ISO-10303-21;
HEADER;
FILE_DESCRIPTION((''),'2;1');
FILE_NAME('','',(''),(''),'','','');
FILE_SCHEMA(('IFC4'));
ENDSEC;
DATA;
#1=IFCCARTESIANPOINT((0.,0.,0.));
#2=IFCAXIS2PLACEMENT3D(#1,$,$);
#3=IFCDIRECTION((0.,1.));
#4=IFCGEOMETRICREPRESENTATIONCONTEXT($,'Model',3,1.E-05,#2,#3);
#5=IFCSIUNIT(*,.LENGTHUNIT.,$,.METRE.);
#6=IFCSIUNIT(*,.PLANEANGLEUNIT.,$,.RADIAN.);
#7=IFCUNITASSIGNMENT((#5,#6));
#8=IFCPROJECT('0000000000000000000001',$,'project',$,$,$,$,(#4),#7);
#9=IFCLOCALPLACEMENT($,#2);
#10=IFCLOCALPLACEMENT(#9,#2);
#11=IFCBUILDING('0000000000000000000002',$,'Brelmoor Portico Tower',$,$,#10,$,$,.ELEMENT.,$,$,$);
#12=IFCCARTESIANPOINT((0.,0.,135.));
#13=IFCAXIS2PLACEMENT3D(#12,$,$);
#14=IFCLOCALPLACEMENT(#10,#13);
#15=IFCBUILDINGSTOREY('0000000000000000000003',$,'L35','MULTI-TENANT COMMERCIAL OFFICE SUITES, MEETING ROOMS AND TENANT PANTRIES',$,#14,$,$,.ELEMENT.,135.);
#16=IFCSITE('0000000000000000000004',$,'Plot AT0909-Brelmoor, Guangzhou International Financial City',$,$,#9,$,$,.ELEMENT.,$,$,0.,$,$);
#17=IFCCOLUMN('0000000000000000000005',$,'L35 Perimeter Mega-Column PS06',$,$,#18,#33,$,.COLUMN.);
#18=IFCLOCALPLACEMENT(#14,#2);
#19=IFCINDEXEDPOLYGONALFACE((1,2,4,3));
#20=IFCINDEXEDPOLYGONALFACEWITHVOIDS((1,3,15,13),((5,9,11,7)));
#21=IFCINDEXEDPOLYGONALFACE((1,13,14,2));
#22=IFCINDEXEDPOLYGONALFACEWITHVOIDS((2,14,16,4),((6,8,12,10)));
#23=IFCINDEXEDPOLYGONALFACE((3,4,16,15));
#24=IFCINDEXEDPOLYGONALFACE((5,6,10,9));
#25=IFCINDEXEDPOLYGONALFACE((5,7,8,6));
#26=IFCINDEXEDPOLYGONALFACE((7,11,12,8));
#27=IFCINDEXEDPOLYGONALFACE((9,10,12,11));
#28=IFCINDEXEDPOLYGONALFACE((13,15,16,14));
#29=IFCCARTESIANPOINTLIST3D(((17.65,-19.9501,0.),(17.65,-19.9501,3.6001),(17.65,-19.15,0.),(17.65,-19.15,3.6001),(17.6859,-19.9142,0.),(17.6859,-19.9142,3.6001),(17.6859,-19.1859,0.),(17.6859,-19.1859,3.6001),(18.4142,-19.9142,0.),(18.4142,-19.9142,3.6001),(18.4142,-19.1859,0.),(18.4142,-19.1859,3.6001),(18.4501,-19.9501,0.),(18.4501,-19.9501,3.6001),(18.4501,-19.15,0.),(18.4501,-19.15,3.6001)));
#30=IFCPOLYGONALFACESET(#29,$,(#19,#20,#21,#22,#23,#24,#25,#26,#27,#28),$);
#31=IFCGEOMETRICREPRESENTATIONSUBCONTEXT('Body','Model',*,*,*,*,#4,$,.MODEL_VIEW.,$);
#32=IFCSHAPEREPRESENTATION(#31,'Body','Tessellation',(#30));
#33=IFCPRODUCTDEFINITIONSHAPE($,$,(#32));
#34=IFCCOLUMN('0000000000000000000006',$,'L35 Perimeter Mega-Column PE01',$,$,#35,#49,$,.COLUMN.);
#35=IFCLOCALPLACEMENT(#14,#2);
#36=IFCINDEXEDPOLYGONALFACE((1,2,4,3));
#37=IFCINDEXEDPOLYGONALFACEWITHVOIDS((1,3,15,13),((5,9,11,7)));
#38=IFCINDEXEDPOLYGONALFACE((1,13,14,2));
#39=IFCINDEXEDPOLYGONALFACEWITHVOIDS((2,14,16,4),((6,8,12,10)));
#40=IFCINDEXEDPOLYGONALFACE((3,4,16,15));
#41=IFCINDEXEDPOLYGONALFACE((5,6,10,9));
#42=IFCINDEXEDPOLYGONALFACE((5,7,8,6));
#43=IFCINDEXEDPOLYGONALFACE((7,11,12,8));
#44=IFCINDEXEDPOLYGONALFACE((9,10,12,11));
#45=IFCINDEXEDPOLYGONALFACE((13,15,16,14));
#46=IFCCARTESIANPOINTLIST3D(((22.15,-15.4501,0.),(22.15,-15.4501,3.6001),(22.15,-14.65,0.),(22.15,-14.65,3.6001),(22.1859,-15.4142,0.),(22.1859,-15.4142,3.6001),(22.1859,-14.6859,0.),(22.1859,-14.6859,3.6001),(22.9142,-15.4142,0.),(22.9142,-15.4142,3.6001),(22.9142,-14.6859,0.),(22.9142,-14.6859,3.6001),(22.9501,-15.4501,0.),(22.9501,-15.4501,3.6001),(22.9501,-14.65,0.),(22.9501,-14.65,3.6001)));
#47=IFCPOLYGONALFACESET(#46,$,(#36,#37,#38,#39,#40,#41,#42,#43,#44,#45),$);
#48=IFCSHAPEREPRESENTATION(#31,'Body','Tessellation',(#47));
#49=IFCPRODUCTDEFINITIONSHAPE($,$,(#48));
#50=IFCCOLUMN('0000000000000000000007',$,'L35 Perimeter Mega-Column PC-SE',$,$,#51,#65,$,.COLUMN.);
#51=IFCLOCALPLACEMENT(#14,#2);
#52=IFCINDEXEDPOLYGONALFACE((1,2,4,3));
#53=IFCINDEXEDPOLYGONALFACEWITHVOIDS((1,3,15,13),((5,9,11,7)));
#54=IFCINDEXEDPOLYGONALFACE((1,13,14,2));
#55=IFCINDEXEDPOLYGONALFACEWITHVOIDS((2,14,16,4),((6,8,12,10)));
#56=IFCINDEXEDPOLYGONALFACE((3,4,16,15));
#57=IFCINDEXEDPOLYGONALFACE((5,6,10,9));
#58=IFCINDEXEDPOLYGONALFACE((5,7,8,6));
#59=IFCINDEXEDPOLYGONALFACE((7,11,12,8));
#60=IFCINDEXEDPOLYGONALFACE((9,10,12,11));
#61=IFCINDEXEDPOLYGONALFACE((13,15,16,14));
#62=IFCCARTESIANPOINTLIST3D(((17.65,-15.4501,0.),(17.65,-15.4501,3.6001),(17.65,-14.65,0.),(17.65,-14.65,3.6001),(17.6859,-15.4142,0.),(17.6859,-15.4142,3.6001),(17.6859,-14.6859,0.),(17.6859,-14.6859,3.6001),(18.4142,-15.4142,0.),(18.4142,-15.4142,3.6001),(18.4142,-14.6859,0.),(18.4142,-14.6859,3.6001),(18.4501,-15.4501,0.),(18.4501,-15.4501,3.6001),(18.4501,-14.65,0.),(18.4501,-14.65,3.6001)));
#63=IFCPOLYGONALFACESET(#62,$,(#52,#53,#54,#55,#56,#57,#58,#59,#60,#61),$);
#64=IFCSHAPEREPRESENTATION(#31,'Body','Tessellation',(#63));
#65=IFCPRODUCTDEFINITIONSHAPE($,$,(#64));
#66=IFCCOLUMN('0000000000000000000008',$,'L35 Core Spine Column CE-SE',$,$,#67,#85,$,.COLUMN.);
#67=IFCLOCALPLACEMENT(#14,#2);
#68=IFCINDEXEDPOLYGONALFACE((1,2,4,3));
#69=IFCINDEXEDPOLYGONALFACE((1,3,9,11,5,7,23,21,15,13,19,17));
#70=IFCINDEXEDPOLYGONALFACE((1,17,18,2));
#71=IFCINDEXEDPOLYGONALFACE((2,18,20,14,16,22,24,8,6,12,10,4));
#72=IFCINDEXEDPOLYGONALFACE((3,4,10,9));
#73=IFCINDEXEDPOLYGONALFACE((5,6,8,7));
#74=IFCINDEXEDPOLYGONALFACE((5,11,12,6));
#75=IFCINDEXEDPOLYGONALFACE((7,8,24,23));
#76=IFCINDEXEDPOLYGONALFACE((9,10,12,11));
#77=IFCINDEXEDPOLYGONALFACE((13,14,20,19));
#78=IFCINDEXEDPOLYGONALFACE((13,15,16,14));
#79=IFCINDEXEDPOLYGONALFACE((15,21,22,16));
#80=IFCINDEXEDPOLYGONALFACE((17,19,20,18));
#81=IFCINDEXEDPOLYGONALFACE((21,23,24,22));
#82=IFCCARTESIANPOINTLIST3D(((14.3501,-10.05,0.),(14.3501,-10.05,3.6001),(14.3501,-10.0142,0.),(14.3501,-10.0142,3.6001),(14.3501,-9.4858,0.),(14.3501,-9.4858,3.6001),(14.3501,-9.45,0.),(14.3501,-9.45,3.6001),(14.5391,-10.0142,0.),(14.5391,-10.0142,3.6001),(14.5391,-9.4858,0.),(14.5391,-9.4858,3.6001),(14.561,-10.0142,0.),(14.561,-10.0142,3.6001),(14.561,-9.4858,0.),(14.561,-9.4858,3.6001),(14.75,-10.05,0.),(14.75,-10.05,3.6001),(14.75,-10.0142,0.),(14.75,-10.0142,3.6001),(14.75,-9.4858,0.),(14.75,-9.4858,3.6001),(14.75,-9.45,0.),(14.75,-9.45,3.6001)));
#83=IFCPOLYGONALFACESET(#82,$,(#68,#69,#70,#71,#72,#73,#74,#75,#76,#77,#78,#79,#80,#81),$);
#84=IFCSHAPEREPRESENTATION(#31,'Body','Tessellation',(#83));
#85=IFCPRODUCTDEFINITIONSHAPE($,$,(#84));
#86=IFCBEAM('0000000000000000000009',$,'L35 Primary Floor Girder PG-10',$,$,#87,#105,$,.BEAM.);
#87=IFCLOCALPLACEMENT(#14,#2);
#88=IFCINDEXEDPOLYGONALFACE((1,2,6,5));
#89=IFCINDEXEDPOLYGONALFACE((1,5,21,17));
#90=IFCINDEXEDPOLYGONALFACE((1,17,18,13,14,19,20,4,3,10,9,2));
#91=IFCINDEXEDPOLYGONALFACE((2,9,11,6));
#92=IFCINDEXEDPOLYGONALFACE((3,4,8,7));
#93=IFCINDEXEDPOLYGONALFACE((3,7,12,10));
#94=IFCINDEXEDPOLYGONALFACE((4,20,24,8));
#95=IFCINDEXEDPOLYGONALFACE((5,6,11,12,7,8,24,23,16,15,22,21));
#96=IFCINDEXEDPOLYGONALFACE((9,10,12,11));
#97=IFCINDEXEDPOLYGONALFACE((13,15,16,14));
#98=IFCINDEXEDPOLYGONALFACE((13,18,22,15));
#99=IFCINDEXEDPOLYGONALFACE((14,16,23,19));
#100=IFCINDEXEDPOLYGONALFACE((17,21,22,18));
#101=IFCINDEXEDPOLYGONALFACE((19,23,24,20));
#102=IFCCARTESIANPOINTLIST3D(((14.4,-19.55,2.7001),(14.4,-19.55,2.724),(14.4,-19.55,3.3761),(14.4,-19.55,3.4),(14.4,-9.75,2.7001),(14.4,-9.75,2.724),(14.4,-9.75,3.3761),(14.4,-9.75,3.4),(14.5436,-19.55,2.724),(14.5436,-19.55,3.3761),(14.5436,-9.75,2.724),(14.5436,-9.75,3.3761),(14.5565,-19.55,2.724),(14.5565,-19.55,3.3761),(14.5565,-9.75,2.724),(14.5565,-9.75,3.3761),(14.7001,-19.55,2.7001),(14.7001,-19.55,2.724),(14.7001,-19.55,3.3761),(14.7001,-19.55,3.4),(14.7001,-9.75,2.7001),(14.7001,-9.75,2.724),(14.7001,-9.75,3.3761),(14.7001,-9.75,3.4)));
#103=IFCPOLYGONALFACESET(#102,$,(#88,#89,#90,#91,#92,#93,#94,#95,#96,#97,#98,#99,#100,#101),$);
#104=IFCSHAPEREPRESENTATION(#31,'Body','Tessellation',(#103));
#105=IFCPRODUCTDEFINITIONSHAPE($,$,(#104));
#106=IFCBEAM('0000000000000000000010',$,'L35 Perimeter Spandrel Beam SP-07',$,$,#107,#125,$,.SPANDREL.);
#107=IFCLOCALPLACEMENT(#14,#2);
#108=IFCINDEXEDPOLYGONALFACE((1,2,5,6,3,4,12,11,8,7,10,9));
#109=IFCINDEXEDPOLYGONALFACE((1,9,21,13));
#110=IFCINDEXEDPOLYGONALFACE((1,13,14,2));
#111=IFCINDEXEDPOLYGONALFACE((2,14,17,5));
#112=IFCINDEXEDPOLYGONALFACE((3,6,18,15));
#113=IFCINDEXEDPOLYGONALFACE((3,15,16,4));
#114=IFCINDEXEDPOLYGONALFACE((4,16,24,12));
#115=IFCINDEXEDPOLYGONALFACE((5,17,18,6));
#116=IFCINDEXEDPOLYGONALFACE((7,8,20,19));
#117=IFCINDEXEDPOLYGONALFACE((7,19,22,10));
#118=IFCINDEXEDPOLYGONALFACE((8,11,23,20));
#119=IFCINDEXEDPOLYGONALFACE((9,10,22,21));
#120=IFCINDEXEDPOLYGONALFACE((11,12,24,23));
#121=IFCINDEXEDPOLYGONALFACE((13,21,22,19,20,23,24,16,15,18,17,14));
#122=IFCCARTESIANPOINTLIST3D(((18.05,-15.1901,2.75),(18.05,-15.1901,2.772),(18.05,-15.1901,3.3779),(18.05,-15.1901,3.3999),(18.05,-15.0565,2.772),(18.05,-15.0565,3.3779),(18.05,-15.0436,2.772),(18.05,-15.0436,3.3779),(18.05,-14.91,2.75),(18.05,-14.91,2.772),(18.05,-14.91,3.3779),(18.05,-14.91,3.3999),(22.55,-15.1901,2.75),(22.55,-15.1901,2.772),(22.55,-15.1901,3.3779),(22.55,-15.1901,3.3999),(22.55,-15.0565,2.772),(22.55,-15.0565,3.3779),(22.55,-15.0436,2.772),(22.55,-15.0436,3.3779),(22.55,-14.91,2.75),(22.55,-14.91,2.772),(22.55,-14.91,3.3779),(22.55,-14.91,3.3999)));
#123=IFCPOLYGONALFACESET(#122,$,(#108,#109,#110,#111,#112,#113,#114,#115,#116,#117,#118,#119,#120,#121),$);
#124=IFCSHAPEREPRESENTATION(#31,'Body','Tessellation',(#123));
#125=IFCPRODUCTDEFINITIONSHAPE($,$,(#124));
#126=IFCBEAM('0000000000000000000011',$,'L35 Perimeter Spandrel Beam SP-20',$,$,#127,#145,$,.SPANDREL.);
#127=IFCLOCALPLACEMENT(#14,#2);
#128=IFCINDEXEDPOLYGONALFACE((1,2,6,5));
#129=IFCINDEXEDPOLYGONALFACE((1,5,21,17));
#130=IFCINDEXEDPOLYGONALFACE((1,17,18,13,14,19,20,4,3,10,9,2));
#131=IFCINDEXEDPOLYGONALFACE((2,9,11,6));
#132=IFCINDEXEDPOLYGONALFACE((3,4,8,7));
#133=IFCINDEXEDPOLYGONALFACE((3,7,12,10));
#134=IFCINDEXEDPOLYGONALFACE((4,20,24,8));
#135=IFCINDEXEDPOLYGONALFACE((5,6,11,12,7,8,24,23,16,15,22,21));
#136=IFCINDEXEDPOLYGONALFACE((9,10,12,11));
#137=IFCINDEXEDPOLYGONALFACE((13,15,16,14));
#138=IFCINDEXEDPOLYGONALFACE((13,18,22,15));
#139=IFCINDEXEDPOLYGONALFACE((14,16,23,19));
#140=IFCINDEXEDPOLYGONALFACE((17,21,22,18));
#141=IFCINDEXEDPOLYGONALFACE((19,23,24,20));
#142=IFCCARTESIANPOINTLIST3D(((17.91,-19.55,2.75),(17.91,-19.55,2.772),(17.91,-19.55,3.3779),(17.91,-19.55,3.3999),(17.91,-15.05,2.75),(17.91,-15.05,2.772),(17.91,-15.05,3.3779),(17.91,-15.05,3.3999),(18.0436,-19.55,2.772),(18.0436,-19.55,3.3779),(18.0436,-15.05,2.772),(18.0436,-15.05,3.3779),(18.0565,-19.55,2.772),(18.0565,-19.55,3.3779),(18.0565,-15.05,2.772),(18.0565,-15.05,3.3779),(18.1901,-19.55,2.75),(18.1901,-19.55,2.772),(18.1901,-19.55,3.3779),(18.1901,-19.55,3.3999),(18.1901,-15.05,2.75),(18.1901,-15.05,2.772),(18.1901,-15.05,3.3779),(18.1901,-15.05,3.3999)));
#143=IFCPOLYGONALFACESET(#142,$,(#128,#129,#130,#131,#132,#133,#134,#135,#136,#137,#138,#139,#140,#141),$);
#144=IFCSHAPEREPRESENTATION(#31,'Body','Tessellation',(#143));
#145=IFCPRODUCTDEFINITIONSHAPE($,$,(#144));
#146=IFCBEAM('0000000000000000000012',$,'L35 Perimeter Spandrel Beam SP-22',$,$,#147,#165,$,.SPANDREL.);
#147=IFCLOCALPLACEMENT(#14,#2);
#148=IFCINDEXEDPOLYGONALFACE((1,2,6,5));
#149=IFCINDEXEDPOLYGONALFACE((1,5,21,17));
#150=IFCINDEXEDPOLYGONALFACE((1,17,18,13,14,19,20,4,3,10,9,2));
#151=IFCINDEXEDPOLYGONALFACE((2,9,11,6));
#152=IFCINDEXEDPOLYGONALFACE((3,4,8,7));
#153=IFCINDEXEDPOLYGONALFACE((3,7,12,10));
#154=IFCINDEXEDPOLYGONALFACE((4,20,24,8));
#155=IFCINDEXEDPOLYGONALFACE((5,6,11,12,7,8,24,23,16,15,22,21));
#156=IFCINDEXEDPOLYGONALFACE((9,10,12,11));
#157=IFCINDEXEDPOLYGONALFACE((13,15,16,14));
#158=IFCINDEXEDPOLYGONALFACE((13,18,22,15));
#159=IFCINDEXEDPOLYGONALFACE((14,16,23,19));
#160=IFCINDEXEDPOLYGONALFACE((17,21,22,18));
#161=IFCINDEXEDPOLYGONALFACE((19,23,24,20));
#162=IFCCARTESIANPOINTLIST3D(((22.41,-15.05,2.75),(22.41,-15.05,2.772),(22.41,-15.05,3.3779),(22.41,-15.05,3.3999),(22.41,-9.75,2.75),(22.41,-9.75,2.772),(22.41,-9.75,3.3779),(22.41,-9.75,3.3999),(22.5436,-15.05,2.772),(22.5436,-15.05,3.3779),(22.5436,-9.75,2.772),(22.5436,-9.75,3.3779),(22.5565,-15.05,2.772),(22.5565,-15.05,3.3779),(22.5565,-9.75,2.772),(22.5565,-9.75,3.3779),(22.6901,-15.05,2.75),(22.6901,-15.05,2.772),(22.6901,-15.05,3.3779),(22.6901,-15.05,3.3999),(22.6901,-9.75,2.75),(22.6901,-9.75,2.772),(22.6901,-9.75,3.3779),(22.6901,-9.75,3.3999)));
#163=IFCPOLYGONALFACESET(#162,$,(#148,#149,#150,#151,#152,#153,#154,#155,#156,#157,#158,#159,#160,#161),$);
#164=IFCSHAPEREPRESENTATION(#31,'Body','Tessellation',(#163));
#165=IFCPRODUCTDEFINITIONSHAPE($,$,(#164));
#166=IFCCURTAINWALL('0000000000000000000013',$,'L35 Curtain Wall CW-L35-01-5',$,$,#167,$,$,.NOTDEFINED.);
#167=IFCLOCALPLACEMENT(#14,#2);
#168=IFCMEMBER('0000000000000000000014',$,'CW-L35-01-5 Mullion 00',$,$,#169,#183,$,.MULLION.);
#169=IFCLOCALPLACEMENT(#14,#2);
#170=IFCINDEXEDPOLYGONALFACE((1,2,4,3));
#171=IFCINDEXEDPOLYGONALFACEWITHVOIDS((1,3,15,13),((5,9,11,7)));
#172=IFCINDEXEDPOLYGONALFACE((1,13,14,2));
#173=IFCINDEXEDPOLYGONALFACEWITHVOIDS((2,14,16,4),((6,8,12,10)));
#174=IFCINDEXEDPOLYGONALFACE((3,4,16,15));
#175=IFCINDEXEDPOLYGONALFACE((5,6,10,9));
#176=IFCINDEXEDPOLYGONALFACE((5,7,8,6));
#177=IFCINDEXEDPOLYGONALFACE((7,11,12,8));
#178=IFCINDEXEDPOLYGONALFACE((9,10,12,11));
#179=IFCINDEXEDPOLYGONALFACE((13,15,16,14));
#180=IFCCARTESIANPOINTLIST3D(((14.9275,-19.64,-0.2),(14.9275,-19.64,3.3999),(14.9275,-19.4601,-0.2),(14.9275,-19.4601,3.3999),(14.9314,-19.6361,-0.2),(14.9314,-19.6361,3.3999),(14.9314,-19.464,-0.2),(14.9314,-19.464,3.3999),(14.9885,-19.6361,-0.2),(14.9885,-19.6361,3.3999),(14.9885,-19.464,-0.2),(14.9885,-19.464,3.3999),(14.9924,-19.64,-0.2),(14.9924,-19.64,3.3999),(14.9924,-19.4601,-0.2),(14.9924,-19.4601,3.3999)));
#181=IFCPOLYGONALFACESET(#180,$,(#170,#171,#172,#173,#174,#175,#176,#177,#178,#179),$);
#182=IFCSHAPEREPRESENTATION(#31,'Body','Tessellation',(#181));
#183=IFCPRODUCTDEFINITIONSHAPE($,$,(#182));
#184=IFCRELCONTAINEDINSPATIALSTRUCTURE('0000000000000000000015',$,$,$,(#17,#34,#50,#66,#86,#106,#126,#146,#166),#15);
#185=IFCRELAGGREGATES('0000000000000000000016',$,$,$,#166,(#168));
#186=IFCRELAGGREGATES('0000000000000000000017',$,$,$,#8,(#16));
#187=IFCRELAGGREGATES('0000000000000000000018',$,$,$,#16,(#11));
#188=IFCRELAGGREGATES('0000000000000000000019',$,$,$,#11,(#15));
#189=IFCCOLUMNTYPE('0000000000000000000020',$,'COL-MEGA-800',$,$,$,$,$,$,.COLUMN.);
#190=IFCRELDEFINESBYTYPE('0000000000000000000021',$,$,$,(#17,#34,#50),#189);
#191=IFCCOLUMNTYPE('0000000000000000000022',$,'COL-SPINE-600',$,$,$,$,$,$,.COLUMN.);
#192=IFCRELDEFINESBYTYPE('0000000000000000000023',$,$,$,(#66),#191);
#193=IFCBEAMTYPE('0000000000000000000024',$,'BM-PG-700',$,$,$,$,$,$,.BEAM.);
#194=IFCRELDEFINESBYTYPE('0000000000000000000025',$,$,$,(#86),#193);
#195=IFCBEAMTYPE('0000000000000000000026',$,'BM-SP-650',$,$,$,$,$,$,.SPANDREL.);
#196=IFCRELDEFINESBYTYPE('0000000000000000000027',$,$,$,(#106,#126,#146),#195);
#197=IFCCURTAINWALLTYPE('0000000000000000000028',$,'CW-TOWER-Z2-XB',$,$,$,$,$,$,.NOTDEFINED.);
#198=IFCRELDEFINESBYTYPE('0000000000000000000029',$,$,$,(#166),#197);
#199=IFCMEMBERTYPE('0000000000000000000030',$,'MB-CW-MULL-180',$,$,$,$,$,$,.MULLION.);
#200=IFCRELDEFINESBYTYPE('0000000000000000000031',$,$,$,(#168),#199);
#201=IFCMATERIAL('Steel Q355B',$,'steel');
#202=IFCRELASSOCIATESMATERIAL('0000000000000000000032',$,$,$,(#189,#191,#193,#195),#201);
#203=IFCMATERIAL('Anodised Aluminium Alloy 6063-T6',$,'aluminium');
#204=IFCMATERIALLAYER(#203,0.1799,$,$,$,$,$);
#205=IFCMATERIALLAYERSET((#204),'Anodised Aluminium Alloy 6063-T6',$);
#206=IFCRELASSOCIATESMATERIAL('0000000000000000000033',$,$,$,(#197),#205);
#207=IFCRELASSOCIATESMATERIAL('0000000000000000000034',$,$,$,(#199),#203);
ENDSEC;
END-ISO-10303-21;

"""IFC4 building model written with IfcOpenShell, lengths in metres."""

from ifc_helpers import new_model, si_unit, direction, frame, origin, origin_2d, place, context, subcontext, project, spatial, hollow_rectangle, i_section, extrude, material, layer, layer_set, material_profile, profile_set, type_object, element, aggregate, save


model = new_model("IFC4")

# Units and contexts
model_context = context("Model", 3, precision=1e-05, world=origin(), true_north=direction((0.0, 1.0)))
body_context = subcontext(model_context, "Body", "Model", "MODEL_VIEW")
ifc_project = project(units=[si_unit("LENGTHUNIT", "METRE"), si_unit("PLANEANGLEUNIT", "RADIAN")], contexts=[model_context])

# Site, building, storey
site_placement = place(None, origin())
site = spatial("IfcSite", under=ifc_project, at=site_placement, Name="Plot AT0909-Brelmoor, Guangzhou International Financial City", CompositionType="ELEMENT", RefElevation=0.0)
building_placement = place(site_placement, origin())
building = spatial("IfcBuilding", under=site, at=building_placement, Name="Brelmoor Portico Tower", CompositionType="ELEMENT")
storey_placement = place(building_placement, frame((0.0, 0.0, 135.0)))
storey = spatial("IfcBuildingStorey", under=building, at=storey_placement, Name="L35", Description="MULTI-TENANT COMMERCIAL OFFICE SUITES, MEETING ROOMS AND TENANT PANTRIES", CompositionType="ELEMENT", Elevation=135.0)

# Columns
ifc_material_1 = material(Name="Steel Q355B", Category="steel")
ifc_material_profile_1 = material_profile(ifc_material_1, hollow_rectangle(XDim=0.8, YDim=0.8, WallThickness=0.0359, at=origin_2d()), Name="BOX 800x800x36")
ifc_profile_set_1 = profile_set([ifc_material_profile_1], Name="Steel Q355B")
column_type_1 = type_object("IfcColumnType", Name="COL-MEGA-800", PredefinedType="COLUMN", material=ifc_profile_set_1)
for number, where, z_axis, x_axis, name in (
    (1, (18.05, -19.55, 0.0), (0.0, 0.0, 1.0), (1.0, 0.0, 0.0), "L35 Perimeter Mega-Column PS06"),
    (2, (22.55, -15.05, 0.0), (0.0, 0.0, 1.0), (0.0, 1.0, 0.0), "L35 Perimeter Mega-Column PE01"),
    (3, (18.05, -15.05, 0.0), (0.0, 0.0, 1.0), (1.0, 0.0, 0.0), "L35 Perimeter Mega-Column PC-SE"),
):
    element("IfcColumn", number, at=place(storey_placement, frame(where, z_axis=z_axis, x_axis=x_axis)), inside=storey, type_object=column_type_1, Name=name, PredefinedType="COLUMN", context=body_context, shape_type="SweptSolid", body=[
        extrude(hollow_rectangle(XDim=0.8, YDim=0.8, WallThickness=0.0359, at=origin_2d()), origin(), (0.0, 0.0, 1.0), 3.6001),
    ])
ifc_material_profile_2 = material_profile(ifc_material_1, i_section(OverallWidth=0.3999, OverallDepth=0.6001, WebThickness=0.022, FlangeThickness=0.0359, at=origin_2d()), Name="HW 600x400x22x36")
ifc_profile_set_2 = profile_set([ifc_material_profile_2], Name="Steel Q355B")
column_type_2 = type_object("IfcColumnType", Name="COL-SPINE-600", PredefinedType="COLUMN", material=ifc_profile_set_2)
column_placement = place(storey_placement, frame((14.55, -9.75, 0.0), z_axis=(0.0, 0.0, 1.0), x_axis=(1.0, 0.0, 0.0)))
element("IfcColumn", 4, at=column_placement, inside=storey, type_object=column_type_2, Name="L35 Core Spine Column CE-SE", PredefinedType="COLUMN", context=body_context, shape_type="SweptSolid", body=[
    extrude(i_section(OverallWidth=0.3999, OverallDepth=0.6001, WebThickness=0.022, FlangeThickness=0.0359, at=origin_2d()), origin(), (0.0, 0.0, 1.0), 3.6001),
])

# Beams
ifc_material_profile_3 = material_profile(ifc_material_1, i_section(OverallWidth=0.3, OverallDepth=0.7, WebThickness=0.0129, FlangeThickness=0.0239, at=origin_2d()), Name="HN 700x300x13x24")
ifc_profile_set_3 = profile_set([ifc_material_profile_3], Name="Steel Q355B")
beam_type_1 = type_object("IfcBeamType", Name="BM-PG-700", PredefinedType="BEAM", material=ifc_profile_set_3)
beam_1_placement = place(storey_placement, frame((14.55, -19.55, 3.05), z_axis=(0.0, 1.0, 0.0), x_axis=(-1.0, 0.0, 0.0)))
element("IfcBeam", 5, at=beam_1_placement, inside=storey, type_object=beam_type_1, Name="L35 Primary Floor Girder PG-10", PredefinedType="BEAM", context=body_context, shape_type="SweptSolid", body=[
    extrude(i_section(OverallWidth=0.3, OverallDepth=0.7, WebThickness=0.0129, FlangeThickness=0.0239, at=origin_2d()), origin(), (0.0, 0.0, 1.0), 9.8),
])
ifc_material_profile_4 = material_profile(ifc_material_1, i_section(OverallWidth=0.28, OverallDepth=0.6499, WebThickness=0.0129, FlangeThickness=0.022, at=origin_2d()), Name="HN 650x280x13x22")
ifc_profile_set_4 = profile_set([ifc_material_profile_4], Name="Steel Q355B")
beam_type_2 = type_object("IfcBeamType", Name="BM-SP-650", PredefinedType="SPANDREL", material=ifc_profile_set_4)
for number, where, z_axis, x_axis, name in (
    (6, (18.05, -15.05, 3.075), (1.0, 0.0, 0.0), (0.0, 1.0, 0.0), "L35 Perimeter Spandrel Beam SP-07"),
    (7, (18.05, -19.55, 3.075), (0.0, 1.0, 0.0), (-1.0, 0.0, 0.0), "L35 Perimeter Spandrel Beam SP-20"),
):
    element("IfcBeam", number, at=place(storey_placement, frame(where, z_axis=z_axis, x_axis=x_axis)), inside=storey, type_object=beam_type_2, Name=name, PredefinedType="SPANDREL", context=body_context, shape_type="SweptSolid", body=[
        extrude(i_section(OverallWidth=0.28, OverallDepth=0.6499, WebThickness=0.0129, FlangeThickness=0.022, at=origin_2d()), origin(), (0.0, 0.0, 1.0), 4.5),
    ])
beam_2_placement = place(storey_placement, frame((22.55, -15.05, 3.075), z_axis=(0.0, 1.0, 0.0), x_axis=(-1.0, 0.0, 0.0)))
element("IfcBeam", 8, at=beam_2_placement, inside=storey, type_object=beam_type_2, Name="L35 Perimeter Spandrel Beam SP-22", PredefinedType="SPANDREL", context=body_context, shape_type="SweptSolid", body=[
    extrude(i_section(OverallWidth=0.28, OverallDepth=0.6499, WebThickness=0.0129, FlangeThickness=0.022, at=origin_2d()), origin(), (0.0, 0.0, 1.0), 5.3),
])

# Curtain wall, member
ifc_material_2 = material(Name="Anodised Aluminium Alloy 6063-T6", Category="aluminium")
ifc_layer_1 = layer(ifc_material_2, 0.1799)
ifc_layer_set_1 = layer_set([ifc_layer_1], Name="Anodised Aluminium Alloy 6063-T6")
curtain_wall_type = type_object("IfcCurtainWallType", Name="CW-TOWER-Z2-XB", PredefinedType="NOTDEFINED", material=ifc_layer_set_1)
curtain_wall_1_placement = place(storey_placement, origin())
curtain_wall_1 = element("IfcCurtainWall", 9, at=curtain_wall_1_placement, inside=storey, type_object=curtain_wall_type, Name="L35 Curtain Wall CW-L35-01-5", PredefinedType="NOTDEFINED")
ifc_material_profile_5 = material_profile(ifc_material_2, hollow_rectangle(XDim=0.0649, YDim=0.1799, WallThickness=0.0039, at=origin_2d()), Name="ALU MULLION 65x180")
ifc_profile_set_5 = profile_set([ifc_material_profile_5], Name="Anodised Aluminium Alloy 6063-T6")
member_type_1 = type_object("IfcMemberType", Name="MB-CW-MULL-180", PredefinedType="MULLION", material=ifc_profile_set_5)
member_1_placement = place(storey_placement, frame((14.96, -19.55, -0.2), z_axis=(0.0, 0.0, 1.0), x_axis=(1.0, 0.0, 0.0)))
member_1 = element("IfcMember", 10, at=member_1_placement, type_object=member_type_1, Name="CW-L35-01-5 Mullion 00", PredefinedType="MULLION", context=body_context, shape_type="SweptSolid", body=[
    extrude(hollow_rectangle(XDim=0.0649, YDim=0.1799, WallThickness=0.0039, at=origin_2d()), origin(), (0.0, 0.0, 1.0), 3.5999),
])

aggregate(curtain_wall_1, [member_1])

save(model, "model.ifc")
